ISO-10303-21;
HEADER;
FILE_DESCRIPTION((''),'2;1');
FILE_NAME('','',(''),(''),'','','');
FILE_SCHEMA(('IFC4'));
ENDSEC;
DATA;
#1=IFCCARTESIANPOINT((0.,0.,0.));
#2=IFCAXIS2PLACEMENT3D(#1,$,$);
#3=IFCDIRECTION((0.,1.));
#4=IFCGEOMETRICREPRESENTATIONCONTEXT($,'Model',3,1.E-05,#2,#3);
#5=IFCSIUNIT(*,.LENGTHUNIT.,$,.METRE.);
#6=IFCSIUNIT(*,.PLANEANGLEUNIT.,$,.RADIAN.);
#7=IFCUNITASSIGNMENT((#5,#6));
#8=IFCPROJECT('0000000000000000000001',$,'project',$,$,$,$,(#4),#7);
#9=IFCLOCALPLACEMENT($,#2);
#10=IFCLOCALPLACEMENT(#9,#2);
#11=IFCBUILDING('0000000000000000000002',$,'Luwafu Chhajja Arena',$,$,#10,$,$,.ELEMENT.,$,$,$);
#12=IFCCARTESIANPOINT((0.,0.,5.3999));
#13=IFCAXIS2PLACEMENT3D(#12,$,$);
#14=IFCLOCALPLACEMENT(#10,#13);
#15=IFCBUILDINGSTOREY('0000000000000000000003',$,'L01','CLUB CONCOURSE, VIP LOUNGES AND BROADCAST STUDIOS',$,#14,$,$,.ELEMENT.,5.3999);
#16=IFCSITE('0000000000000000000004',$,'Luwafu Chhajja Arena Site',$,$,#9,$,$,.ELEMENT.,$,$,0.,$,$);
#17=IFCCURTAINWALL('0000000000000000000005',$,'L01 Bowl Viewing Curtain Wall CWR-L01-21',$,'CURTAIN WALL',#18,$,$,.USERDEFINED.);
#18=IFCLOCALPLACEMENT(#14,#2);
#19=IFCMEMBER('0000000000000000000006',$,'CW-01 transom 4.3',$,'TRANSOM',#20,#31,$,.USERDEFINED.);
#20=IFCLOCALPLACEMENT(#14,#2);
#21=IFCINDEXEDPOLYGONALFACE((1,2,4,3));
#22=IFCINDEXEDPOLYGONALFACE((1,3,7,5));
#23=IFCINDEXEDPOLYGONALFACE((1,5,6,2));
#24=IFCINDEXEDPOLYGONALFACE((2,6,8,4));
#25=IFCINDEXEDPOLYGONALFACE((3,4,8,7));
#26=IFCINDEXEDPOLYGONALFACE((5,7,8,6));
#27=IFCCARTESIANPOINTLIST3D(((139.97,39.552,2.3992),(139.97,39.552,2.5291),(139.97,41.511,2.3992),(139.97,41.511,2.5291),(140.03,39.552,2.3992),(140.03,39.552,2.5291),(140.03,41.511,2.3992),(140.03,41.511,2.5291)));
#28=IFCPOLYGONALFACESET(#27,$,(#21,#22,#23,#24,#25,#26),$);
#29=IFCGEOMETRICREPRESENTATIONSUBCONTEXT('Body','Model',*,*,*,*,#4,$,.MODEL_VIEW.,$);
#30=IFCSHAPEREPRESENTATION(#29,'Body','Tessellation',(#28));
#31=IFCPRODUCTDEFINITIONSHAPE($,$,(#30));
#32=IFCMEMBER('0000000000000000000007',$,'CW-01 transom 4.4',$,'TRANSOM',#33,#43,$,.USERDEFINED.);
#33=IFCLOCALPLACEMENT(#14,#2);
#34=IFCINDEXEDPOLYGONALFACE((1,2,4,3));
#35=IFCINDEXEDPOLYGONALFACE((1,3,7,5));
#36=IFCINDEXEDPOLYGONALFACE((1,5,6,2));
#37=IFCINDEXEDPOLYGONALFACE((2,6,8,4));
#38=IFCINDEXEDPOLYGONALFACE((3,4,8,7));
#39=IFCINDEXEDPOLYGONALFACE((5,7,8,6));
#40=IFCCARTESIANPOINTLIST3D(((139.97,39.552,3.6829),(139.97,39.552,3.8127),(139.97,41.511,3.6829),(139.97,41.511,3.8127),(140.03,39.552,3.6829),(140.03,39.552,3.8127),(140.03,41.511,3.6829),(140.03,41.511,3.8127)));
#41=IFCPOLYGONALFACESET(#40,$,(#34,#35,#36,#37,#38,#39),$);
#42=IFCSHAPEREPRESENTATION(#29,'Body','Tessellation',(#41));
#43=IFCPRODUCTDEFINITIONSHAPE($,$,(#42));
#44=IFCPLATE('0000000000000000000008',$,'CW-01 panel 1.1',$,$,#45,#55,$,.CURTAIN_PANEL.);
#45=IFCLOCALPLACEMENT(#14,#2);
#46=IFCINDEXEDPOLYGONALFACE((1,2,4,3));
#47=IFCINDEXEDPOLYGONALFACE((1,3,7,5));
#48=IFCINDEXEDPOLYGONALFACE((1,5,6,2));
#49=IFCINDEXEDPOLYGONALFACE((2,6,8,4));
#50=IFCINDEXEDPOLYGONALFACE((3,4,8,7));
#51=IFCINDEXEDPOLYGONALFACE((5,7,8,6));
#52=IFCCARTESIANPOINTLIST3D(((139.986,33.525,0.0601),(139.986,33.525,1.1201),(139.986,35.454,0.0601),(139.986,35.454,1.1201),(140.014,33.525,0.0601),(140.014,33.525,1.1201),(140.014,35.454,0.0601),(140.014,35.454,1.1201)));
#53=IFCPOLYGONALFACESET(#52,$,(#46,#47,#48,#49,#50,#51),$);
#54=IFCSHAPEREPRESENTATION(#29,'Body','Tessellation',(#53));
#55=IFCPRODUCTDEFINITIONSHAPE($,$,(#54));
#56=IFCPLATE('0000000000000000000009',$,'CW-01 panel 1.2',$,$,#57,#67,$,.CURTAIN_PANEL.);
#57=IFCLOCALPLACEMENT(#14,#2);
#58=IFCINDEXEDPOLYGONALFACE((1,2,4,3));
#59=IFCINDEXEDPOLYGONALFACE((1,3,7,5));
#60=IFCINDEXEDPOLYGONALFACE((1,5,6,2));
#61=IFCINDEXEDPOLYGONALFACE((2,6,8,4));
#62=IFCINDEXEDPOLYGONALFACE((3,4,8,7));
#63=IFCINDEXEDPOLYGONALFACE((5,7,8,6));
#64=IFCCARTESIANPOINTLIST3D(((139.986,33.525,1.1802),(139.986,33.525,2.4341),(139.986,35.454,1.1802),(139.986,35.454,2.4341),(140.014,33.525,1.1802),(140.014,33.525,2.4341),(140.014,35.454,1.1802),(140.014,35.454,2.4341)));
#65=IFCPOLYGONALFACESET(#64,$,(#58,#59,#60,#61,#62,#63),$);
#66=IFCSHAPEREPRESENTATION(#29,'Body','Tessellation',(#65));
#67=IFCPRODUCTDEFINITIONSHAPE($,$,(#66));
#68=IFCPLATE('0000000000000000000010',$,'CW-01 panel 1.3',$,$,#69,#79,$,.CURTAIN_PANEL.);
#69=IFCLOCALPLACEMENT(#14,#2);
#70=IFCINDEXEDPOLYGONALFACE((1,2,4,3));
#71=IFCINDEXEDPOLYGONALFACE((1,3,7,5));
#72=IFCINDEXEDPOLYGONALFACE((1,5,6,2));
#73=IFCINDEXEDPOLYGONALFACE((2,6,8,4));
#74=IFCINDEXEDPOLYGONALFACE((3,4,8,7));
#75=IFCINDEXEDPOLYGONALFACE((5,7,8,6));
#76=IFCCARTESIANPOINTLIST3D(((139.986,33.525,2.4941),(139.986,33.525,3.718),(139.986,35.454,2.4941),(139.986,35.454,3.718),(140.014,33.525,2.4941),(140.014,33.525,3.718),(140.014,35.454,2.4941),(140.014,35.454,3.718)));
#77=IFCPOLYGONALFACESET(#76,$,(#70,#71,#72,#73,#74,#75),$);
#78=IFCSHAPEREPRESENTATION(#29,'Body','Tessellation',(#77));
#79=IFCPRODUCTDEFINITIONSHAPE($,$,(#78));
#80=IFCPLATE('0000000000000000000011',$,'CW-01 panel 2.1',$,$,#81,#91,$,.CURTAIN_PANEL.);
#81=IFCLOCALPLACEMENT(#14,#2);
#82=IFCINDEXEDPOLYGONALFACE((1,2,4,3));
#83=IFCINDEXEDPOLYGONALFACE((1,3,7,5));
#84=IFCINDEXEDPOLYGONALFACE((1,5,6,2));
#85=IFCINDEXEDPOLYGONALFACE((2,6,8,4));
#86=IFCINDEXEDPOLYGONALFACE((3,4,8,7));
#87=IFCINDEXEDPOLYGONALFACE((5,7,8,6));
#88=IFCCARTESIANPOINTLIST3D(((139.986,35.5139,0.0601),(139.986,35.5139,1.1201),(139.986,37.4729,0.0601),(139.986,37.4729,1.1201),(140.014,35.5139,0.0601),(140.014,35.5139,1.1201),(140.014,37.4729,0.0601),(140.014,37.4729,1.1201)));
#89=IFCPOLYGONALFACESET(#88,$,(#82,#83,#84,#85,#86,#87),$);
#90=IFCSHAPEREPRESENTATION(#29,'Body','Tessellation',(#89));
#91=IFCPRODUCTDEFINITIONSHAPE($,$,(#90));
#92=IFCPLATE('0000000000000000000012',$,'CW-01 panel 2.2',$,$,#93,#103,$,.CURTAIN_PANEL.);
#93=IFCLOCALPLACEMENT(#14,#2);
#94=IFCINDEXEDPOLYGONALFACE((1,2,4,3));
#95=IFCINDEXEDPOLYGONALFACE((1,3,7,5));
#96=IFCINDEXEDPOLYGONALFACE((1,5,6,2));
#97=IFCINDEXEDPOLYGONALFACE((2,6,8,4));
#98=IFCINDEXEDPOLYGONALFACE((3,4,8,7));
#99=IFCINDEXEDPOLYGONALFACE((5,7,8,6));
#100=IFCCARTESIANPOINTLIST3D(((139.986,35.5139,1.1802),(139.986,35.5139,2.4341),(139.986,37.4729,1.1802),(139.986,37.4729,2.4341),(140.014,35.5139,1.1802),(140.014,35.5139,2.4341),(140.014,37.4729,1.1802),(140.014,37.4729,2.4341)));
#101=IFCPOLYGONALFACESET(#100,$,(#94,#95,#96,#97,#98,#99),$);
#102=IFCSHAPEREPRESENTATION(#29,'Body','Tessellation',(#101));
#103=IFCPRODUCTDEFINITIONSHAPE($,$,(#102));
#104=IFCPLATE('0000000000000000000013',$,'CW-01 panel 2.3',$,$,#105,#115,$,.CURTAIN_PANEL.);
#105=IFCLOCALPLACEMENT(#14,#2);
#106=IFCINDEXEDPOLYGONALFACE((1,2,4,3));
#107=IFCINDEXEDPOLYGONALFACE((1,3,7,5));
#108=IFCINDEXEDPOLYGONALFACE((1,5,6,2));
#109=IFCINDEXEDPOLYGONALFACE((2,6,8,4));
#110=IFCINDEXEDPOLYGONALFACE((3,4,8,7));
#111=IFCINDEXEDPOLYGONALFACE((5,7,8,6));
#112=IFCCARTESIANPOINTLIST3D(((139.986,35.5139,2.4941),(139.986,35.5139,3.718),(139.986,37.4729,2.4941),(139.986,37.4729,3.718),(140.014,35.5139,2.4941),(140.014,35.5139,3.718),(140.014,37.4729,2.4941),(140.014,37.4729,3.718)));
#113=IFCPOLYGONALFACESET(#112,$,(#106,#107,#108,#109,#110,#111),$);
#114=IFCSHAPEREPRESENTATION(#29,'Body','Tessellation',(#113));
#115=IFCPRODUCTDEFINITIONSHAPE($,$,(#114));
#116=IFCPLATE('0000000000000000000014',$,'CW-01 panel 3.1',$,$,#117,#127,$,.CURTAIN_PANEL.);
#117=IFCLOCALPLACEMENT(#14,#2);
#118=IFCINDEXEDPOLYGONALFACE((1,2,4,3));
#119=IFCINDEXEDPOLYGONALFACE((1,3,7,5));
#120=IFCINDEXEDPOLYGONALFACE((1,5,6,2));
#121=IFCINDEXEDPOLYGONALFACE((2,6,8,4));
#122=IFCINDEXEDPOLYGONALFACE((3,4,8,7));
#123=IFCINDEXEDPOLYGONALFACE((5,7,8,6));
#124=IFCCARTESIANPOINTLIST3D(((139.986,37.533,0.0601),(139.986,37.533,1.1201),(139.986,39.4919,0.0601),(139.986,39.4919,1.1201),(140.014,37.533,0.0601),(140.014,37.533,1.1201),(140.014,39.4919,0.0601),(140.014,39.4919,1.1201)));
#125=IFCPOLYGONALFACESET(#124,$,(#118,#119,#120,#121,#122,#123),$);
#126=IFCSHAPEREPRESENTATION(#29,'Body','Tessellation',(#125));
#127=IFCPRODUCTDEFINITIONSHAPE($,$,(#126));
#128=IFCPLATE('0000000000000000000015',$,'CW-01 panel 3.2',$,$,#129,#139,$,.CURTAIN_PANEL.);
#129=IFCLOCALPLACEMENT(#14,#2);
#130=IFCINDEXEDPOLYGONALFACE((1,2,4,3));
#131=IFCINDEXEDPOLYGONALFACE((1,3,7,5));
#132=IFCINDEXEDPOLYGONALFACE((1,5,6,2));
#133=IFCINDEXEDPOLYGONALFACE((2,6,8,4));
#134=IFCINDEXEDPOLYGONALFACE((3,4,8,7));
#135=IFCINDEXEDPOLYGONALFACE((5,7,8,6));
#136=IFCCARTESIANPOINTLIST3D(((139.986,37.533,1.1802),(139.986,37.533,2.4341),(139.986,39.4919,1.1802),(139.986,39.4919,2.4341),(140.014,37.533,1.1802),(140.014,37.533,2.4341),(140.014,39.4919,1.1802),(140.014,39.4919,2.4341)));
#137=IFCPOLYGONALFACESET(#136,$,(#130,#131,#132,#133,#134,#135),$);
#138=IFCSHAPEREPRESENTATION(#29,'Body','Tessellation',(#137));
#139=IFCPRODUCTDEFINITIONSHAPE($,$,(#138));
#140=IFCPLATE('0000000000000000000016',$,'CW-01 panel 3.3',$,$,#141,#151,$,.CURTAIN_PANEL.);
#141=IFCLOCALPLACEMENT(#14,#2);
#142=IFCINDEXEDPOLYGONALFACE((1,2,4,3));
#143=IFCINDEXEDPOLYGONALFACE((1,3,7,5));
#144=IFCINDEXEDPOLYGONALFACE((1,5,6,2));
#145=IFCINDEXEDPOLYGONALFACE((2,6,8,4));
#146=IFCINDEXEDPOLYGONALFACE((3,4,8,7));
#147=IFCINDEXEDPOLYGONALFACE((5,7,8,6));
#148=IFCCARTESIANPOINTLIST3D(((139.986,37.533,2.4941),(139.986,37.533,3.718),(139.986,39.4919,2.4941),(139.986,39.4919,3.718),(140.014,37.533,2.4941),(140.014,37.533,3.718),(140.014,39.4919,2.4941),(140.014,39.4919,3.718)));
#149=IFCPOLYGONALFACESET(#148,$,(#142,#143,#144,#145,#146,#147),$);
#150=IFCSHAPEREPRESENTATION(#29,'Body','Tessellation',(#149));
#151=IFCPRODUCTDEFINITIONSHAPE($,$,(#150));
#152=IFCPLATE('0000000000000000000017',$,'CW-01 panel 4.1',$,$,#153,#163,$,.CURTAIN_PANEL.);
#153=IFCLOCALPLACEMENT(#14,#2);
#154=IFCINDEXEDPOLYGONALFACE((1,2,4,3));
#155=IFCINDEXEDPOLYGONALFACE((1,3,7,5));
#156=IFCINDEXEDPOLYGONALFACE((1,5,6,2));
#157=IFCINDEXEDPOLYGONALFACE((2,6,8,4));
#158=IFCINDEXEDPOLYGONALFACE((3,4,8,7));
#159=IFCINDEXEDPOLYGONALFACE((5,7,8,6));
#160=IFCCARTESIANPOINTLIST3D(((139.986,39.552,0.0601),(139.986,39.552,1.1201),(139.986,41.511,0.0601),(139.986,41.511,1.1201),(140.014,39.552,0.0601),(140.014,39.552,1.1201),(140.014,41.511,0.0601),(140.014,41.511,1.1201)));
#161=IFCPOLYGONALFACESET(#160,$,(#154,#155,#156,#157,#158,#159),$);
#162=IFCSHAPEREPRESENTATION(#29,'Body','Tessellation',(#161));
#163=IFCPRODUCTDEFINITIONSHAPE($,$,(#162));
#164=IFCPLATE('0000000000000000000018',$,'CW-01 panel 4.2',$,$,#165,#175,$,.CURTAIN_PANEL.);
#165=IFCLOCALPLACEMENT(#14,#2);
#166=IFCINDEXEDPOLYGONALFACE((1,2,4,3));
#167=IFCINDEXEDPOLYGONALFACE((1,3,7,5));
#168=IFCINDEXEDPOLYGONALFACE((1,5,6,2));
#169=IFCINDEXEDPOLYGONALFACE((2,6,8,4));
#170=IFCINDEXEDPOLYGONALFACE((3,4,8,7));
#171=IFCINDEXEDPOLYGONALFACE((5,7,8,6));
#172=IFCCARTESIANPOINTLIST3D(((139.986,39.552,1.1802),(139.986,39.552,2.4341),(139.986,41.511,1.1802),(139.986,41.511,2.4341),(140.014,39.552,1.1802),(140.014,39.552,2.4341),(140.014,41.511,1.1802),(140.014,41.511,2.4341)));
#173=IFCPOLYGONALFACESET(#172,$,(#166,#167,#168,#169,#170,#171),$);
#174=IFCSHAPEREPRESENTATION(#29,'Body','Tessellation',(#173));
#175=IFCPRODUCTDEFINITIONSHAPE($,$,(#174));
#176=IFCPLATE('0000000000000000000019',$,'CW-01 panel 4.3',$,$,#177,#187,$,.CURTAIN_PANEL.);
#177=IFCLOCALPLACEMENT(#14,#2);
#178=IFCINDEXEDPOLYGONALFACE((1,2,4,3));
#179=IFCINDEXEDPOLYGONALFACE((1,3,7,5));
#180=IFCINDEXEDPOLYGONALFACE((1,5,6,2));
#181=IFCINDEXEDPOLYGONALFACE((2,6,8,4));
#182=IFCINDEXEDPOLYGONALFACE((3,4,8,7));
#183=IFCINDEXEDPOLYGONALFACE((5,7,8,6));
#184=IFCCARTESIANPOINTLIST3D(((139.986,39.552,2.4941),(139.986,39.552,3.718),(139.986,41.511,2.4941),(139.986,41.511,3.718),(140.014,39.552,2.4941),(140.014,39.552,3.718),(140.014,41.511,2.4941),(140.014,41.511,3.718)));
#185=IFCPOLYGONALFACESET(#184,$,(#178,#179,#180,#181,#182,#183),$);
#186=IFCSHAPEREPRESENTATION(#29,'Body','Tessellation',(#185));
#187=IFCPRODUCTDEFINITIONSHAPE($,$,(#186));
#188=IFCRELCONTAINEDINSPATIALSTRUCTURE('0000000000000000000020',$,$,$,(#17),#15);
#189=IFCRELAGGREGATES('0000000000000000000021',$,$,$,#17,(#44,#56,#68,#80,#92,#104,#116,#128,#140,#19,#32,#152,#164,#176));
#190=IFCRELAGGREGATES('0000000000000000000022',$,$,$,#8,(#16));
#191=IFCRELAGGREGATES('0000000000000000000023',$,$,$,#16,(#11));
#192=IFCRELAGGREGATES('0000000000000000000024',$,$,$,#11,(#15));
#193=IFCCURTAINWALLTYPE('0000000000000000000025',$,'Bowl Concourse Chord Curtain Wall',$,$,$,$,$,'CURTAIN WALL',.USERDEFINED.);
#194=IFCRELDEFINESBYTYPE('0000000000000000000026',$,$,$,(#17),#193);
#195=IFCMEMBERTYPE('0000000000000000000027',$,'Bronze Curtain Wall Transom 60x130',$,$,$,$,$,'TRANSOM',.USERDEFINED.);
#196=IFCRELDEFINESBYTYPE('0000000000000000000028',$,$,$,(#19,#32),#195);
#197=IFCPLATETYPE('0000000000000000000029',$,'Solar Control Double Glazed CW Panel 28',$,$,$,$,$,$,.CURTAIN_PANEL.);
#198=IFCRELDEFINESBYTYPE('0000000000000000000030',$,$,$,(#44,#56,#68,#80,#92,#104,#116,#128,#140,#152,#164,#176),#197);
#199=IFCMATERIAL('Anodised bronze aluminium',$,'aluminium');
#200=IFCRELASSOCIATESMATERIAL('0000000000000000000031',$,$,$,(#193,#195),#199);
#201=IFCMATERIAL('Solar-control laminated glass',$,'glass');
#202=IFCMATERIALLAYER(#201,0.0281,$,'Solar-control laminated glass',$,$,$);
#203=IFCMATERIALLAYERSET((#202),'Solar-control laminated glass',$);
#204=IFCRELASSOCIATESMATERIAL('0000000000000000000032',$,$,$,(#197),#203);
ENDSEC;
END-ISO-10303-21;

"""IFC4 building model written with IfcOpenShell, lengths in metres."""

from ifc_helpers import new_model, si_unit, direction, frame, origin, origin_2d, place, context, subcontext, project, spatial, rectangle, extrude, material, layer, layer_set, material_profile, profile_set, type_object, element, aggregate, save


model = new_model("IFC4")

# Units and contexts
model_context = context("Model", 3, precision=1e-05, world=origin(), true_north=direction((0.0, 1.0)))
body_context = subcontext(model_context, "Body", "Model", "MODEL_VIEW")
ifc_project = project(units=[si_unit("LENGTHUNIT", "METRE"), si_unit("PLANEANGLEUNIT", "RADIAN")], contexts=[model_context])

# Site, building, storey
site_placement = place(None, origin())
site = spatial("IfcSite", under=ifc_project, at=site_placement, Name="Luwafu Chhajja Arena Site", CompositionType="ELEMENT", RefElevation=0.0)
building_placement = place(site_placement, origin())
building = spatial("IfcBuilding", under=site, at=building_placement, Name="Luwafu Chhajja Arena", CompositionType="ELEMENT")
storey_placement = place(building_placement, frame((0.0, 0.0, 5.3999)))
storey = spatial("IfcBuildingStorey", under=building, at=storey_placement, Name="L01", Description="CLUB CONCOURSE, VIP LOUNGES AND BROADCAST STUDIOS", CompositionType="ELEMENT", Elevation=5.3999)

# Curtain wall, members, plates
ifc_material_1 = material(Name="Anodised bronze aluminium", Category="aluminium")
curtain_wall_type = type_object("IfcCurtainWallType", Name="Bowl Concourse Chord Curtain Wall", ElementType="CURTAIN WALL", PredefinedType="USERDEFINED", material=ifc_material_1)
curtain_wall_placement = place(storey_placement, origin())
curtain_wall = element("IfcCurtainWall", 1, at=curtain_wall_placement, inside=storey, type_object=curtain_wall_type, Name="L01 Bowl Viewing Curtain Wall CWR-L01-21", ObjectType="CURTAIN WALL", PredefinedType="USERDEFINED")
ifc_material_profile_1 = material_profile(ifc_material_1, rectangle(XDim=0.0601, YDim=0.1299, at=origin_2d()), Name="CWT 60x130")
ifc_profile_set_1 = profile_set([ifc_material_profile_1], Name="Anodised bronze aluminium")
member_type_1 = type_object("IfcMemberType", Name="Bronze Curtain Wall Transom 60x130", ElementType="TRANSOM", PredefinedType="USERDEFINED", material=ifc_profile_set_1)
member_1_placement = place(storey_placement, frame((140.0, 39.552, 2.4641), z_axis=(0.0, 1.0, 0.0), x_axis=(-1.0, 0.0, 0.0)))
member_1 = element("IfcMember", 2, at=member_1_placement, type_object=member_type_1, Name="CW-01 transom 4.3", ObjectType="TRANSOM", PredefinedType="USERDEFINED", context=body_context, shape_type="SweptSolid", body=[
    extrude(rectangle(XDim=0.0601, YDim=0.1299, at=origin_2d()), origin(), (0.0, 0.0, 1.0), 1.959),
])
member_2_placement = place(storey_placement, frame((140.0, 39.552, 3.7478), z_axis=(0.0, 1.0, 0.0), x_axis=(-1.0, 0.0, 0.0)))
member_2 = element("IfcMember", 3, at=member_2_placement, type_object=member_type_1, Name="CW-01 transom 4.4", ObjectType="TRANSOM", PredefinedType="USERDEFINED", context=body_context, shape_type="SweptSolid", body=[
    extrude(rectangle(XDim=0.0601, YDim=0.1299, at=origin_2d()), origin(), (0.0, 0.0, 1.0), 1.959),
])
ifc_material_2 = material(Name="Solar-control laminated glass", Category="glass")
ifc_layer = layer(ifc_material_2, 0.0281, Name="Solar-control laminated glass")
ifc_layer_set = layer_set([ifc_layer], Name="Solar-control laminated glass")
plate_type = type_object("IfcPlateType", Name="Solar Control Double Glazed CW Panel 28", PredefinedType="CURTAIN_PANEL", material=ifc_layer_set)
plate_1_placement = place(storey_placement, frame((140.0, 34.4895, 0.0601), z_axis=(0.0, 0.0, 1.0), x_axis=(0.0, 1.0, 0.0)))
plate_1 = element("IfcPlate", 4, at=plate_1_placement, type_object=plate_type, Name="CW-01 panel 1.1", PredefinedType="CURTAIN_PANEL", context=body_context, shape_type="SweptSolid", body=[
    extrude(rectangle(XDim=1.929, YDim=0.0281, at=origin_2d()), origin(), (0.0, 0.0, 1.0), 1.0601),
])
plate_2_placement = place(storey_placement, frame((140.0, 34.4895, 1.1802), z_axis=(0.0, 0.0, 1.0), x_axis=(0.0, 1.0, 0.0)))
plate_2 = element("IfcPlate", 5, at=plate_2_placement, type_object=plate_type, Name="CW-01 panel 1.2", PredefinedType="CURTAIN_PANEL", context=body_context, shape_type="SweptSolid", body=[
    extrude(rectangle(XDim=1.929, YDim=0.0281, at=origin_2d()), origin(), (0.0, 0.0, 1.0), 1.2539),
])
plate_3_placement = place(storey_placement, frame((140.0, 34.4895, 2.4941), z_axis=(0.0, 0.0, 1.0), x_axis=(0.0, 1.0, 0.0)))
plate_3 = element("IfcPlate", 6, at=plate_3_placement, type_object=plate_type, Name="CW-01 panel 1.3", PredefinedType="CURTAIN_PANEL", context=body_context, shape_type="SweptSolid", body=[
    extrude(rectangle(XDim=1.929, YDim=0.0281, at=origin_2d()), origin(), (0.0, 0.0, 1.0), 1.2239),
])
plate_4_placement = place(storey_placement, frame((140.0, 36.4934, 0.0601), z_axis=(0.0, 0.0, 1.0), x_axis=(0.0, 1.0, 0.0)))
plate_4 = element("IfcPlate", 7, at=plate_4_placement, type_object=plate_type, Name="CW-01 panel 2.1", PredefinedType="CURTAIN_PANEL", context=body_context, shape_type="SweptSolid", body=[
    extrude(rectangle(XDim=1.959, YDim=0.0281, at=origin_2d()), origin(), (0.0, 0.0, 1.0), 1.0601),
])
plate_5_placement = place(storey_placement, frame((140.0, 36.4934, 1.1802), z_axis=(0.0, 0.0, 1.0), x_axis=(0.0, 1.0, 0.0)))
plate_5 = element("IfcPlate", 8, at=plate_5_placement, type_object=plate_type, Name="CW-01 panel 2.2", PredefinedType="CURTAIN_PANEL", context=body_context, shape_type="SweptSolid", body=[
    extrude(rectangle(XDim=1.959, YDim=0.0281, at=origin_2d()), origin(), (0.0, 0.0, 1.0), 1.2539),
])
plate_6_placement = place(storey_placement, frame((140.0, 36.4934, 2.4941), z_axis=(0.0, 0.0, 1.0), x_axis=(0.0, 1.0, 0.0)))
plate_6 = element("IfcPlate", 9, at=plate_6_placement, type_object=plate_type, Name="CW-01 panel 2.3", PredefinedType="CURTAIN_PANEL", context=body_context, shape_type="SweptSolid", body=[
    extrude(rectangle(XDim=1.959, YDim=0.0281, at=origin_2d()), origin(), (0.0, 0.0, 1.0), 1.2239),
])
plate_7_placement = place(storey_placement, frame((140.0, 38.5125, 0.0601), z_axis=(0.0, 0.0, 1.0), x_axis=(0.0, 1.0, 0.0)))
plate_7 = element("IfcPlate", 10, at=plate_7_placement, type_object=plate_type, Name="CW-01 panel 3.1", PredefinedType="CURTAIN_PANEL", context=body_context, shape_type="SweptSolid", body=[
    extrude(rectangle(XDim=1.959, YDim=0.0281, at=origin_2d()), origin(), (0.0, 0.0, 1.0), 1.0601),
])
plate_8_placement = place(storey_placement, frame((140.0, 38.5125, 1.1802), z_axis=(0.0, 0.0, 1.0), x_axis=(0.0, 1.0, 0.0)))
plate_8 = element("IfcPlate", 11, at=plate_8_placement, type_object=plate_type, Name="CW-01 panel 3.2", PredefinedType="CURTAIN_PANEL", context=body_context, shape_type="SweptSolid", body=[
    extrude(rectangle(XDim=1.959, YDim=0.0281, at=origin_2d()), origin(), (0.0, 0.0, 1.0), 1.2539),
])
plate_9_placement = place(storey_placement, frame((140.0, 38.5125, 2.4941), z_axis=(0.0, 0.0, 1.0), x_axis=(0.0, 1.0, 0.0)))
plate_9 = element("IfcPlate", 12, at=plate_9_placement, type_object=plate_type, Name="CW-01 panel 3.3", PredefinedType="CURTAIN_PANEL", context=body_context, shape_type="SweptSolid", body=[
    extrude(rectangle(XDim=1.959, YDim=0.0281, at=origin_2d()), origin(), (0.0, 0.0, 1.0), 1.2239),
])
plate_10_placement = place(storey_placement, frame((140.0, 40.5315, 0.0601), z_axis=(0.0, 0.0, 1.0), x_axis=(0.0, 1.0, 0.0)))
plate_10 = element("IfcPlate", 13, at=plate_10_placement, type_object=plate_type, Name="CW-01 panel 4.1", PredefinedType="CURTAIN_PANEL", context=body_context, shape_type="SweptSolid", body=[
    extrude(rectangle(XDim=1.959, YDim=0.0281, at=origin_2d()), origin(), (0.0, 0.0, 1.0), 1.0601),
])
plate_11_placement = place(storey_placement, frame((140.0, 40.5315, 1.1802), z_axis=(0.0, 0.0, 1.0), x_axis=(0.0, 1.0, 0.0)))
plate_11 = element("IfcPlate", 14, at=plate_11_placement, type_object=plate_type, Name="CW-01 panel 4.2", PredefinedType="CURTAIN_PANEL", context=body_context, shape_type="SweptSolid", body=[
    extrude(rectangle(XDim=1.959, YDim=0.0281, at=origin_2d()), origin(), (0.0, 0.0, 1.0), 1.2539),
])
plate_12_placement = place(storey_placement, frame((140.0, 40.5315, 2.4941), z_axis=(0.0, 0.0, 1.0), x_axis=(0.0, 1.0, 0.0)))
plate_12 = element("IfcPlate", 15, at=plate_12_placement, type_object=plate_type, Name="CW-01 panel 4.3", PredefinedType="CURTAIN_PANEL", context=body_context, shape_type="SweptSolid", body=[
    extrude(rectangle(XDim=1.959, YDim=0.0281, at=origin_2d()), origin(), (0.0, 0.0, 1.0), 1.2239),
])
aggregate(curtain_wall, [plate_1, plate_2, plate_3, plate_4, plate_5, plate_6, plate_7, plate_8, plate_9, member_1, member_2, plate_10, plate_11, plate_12])

save(model, "model.ifc")
